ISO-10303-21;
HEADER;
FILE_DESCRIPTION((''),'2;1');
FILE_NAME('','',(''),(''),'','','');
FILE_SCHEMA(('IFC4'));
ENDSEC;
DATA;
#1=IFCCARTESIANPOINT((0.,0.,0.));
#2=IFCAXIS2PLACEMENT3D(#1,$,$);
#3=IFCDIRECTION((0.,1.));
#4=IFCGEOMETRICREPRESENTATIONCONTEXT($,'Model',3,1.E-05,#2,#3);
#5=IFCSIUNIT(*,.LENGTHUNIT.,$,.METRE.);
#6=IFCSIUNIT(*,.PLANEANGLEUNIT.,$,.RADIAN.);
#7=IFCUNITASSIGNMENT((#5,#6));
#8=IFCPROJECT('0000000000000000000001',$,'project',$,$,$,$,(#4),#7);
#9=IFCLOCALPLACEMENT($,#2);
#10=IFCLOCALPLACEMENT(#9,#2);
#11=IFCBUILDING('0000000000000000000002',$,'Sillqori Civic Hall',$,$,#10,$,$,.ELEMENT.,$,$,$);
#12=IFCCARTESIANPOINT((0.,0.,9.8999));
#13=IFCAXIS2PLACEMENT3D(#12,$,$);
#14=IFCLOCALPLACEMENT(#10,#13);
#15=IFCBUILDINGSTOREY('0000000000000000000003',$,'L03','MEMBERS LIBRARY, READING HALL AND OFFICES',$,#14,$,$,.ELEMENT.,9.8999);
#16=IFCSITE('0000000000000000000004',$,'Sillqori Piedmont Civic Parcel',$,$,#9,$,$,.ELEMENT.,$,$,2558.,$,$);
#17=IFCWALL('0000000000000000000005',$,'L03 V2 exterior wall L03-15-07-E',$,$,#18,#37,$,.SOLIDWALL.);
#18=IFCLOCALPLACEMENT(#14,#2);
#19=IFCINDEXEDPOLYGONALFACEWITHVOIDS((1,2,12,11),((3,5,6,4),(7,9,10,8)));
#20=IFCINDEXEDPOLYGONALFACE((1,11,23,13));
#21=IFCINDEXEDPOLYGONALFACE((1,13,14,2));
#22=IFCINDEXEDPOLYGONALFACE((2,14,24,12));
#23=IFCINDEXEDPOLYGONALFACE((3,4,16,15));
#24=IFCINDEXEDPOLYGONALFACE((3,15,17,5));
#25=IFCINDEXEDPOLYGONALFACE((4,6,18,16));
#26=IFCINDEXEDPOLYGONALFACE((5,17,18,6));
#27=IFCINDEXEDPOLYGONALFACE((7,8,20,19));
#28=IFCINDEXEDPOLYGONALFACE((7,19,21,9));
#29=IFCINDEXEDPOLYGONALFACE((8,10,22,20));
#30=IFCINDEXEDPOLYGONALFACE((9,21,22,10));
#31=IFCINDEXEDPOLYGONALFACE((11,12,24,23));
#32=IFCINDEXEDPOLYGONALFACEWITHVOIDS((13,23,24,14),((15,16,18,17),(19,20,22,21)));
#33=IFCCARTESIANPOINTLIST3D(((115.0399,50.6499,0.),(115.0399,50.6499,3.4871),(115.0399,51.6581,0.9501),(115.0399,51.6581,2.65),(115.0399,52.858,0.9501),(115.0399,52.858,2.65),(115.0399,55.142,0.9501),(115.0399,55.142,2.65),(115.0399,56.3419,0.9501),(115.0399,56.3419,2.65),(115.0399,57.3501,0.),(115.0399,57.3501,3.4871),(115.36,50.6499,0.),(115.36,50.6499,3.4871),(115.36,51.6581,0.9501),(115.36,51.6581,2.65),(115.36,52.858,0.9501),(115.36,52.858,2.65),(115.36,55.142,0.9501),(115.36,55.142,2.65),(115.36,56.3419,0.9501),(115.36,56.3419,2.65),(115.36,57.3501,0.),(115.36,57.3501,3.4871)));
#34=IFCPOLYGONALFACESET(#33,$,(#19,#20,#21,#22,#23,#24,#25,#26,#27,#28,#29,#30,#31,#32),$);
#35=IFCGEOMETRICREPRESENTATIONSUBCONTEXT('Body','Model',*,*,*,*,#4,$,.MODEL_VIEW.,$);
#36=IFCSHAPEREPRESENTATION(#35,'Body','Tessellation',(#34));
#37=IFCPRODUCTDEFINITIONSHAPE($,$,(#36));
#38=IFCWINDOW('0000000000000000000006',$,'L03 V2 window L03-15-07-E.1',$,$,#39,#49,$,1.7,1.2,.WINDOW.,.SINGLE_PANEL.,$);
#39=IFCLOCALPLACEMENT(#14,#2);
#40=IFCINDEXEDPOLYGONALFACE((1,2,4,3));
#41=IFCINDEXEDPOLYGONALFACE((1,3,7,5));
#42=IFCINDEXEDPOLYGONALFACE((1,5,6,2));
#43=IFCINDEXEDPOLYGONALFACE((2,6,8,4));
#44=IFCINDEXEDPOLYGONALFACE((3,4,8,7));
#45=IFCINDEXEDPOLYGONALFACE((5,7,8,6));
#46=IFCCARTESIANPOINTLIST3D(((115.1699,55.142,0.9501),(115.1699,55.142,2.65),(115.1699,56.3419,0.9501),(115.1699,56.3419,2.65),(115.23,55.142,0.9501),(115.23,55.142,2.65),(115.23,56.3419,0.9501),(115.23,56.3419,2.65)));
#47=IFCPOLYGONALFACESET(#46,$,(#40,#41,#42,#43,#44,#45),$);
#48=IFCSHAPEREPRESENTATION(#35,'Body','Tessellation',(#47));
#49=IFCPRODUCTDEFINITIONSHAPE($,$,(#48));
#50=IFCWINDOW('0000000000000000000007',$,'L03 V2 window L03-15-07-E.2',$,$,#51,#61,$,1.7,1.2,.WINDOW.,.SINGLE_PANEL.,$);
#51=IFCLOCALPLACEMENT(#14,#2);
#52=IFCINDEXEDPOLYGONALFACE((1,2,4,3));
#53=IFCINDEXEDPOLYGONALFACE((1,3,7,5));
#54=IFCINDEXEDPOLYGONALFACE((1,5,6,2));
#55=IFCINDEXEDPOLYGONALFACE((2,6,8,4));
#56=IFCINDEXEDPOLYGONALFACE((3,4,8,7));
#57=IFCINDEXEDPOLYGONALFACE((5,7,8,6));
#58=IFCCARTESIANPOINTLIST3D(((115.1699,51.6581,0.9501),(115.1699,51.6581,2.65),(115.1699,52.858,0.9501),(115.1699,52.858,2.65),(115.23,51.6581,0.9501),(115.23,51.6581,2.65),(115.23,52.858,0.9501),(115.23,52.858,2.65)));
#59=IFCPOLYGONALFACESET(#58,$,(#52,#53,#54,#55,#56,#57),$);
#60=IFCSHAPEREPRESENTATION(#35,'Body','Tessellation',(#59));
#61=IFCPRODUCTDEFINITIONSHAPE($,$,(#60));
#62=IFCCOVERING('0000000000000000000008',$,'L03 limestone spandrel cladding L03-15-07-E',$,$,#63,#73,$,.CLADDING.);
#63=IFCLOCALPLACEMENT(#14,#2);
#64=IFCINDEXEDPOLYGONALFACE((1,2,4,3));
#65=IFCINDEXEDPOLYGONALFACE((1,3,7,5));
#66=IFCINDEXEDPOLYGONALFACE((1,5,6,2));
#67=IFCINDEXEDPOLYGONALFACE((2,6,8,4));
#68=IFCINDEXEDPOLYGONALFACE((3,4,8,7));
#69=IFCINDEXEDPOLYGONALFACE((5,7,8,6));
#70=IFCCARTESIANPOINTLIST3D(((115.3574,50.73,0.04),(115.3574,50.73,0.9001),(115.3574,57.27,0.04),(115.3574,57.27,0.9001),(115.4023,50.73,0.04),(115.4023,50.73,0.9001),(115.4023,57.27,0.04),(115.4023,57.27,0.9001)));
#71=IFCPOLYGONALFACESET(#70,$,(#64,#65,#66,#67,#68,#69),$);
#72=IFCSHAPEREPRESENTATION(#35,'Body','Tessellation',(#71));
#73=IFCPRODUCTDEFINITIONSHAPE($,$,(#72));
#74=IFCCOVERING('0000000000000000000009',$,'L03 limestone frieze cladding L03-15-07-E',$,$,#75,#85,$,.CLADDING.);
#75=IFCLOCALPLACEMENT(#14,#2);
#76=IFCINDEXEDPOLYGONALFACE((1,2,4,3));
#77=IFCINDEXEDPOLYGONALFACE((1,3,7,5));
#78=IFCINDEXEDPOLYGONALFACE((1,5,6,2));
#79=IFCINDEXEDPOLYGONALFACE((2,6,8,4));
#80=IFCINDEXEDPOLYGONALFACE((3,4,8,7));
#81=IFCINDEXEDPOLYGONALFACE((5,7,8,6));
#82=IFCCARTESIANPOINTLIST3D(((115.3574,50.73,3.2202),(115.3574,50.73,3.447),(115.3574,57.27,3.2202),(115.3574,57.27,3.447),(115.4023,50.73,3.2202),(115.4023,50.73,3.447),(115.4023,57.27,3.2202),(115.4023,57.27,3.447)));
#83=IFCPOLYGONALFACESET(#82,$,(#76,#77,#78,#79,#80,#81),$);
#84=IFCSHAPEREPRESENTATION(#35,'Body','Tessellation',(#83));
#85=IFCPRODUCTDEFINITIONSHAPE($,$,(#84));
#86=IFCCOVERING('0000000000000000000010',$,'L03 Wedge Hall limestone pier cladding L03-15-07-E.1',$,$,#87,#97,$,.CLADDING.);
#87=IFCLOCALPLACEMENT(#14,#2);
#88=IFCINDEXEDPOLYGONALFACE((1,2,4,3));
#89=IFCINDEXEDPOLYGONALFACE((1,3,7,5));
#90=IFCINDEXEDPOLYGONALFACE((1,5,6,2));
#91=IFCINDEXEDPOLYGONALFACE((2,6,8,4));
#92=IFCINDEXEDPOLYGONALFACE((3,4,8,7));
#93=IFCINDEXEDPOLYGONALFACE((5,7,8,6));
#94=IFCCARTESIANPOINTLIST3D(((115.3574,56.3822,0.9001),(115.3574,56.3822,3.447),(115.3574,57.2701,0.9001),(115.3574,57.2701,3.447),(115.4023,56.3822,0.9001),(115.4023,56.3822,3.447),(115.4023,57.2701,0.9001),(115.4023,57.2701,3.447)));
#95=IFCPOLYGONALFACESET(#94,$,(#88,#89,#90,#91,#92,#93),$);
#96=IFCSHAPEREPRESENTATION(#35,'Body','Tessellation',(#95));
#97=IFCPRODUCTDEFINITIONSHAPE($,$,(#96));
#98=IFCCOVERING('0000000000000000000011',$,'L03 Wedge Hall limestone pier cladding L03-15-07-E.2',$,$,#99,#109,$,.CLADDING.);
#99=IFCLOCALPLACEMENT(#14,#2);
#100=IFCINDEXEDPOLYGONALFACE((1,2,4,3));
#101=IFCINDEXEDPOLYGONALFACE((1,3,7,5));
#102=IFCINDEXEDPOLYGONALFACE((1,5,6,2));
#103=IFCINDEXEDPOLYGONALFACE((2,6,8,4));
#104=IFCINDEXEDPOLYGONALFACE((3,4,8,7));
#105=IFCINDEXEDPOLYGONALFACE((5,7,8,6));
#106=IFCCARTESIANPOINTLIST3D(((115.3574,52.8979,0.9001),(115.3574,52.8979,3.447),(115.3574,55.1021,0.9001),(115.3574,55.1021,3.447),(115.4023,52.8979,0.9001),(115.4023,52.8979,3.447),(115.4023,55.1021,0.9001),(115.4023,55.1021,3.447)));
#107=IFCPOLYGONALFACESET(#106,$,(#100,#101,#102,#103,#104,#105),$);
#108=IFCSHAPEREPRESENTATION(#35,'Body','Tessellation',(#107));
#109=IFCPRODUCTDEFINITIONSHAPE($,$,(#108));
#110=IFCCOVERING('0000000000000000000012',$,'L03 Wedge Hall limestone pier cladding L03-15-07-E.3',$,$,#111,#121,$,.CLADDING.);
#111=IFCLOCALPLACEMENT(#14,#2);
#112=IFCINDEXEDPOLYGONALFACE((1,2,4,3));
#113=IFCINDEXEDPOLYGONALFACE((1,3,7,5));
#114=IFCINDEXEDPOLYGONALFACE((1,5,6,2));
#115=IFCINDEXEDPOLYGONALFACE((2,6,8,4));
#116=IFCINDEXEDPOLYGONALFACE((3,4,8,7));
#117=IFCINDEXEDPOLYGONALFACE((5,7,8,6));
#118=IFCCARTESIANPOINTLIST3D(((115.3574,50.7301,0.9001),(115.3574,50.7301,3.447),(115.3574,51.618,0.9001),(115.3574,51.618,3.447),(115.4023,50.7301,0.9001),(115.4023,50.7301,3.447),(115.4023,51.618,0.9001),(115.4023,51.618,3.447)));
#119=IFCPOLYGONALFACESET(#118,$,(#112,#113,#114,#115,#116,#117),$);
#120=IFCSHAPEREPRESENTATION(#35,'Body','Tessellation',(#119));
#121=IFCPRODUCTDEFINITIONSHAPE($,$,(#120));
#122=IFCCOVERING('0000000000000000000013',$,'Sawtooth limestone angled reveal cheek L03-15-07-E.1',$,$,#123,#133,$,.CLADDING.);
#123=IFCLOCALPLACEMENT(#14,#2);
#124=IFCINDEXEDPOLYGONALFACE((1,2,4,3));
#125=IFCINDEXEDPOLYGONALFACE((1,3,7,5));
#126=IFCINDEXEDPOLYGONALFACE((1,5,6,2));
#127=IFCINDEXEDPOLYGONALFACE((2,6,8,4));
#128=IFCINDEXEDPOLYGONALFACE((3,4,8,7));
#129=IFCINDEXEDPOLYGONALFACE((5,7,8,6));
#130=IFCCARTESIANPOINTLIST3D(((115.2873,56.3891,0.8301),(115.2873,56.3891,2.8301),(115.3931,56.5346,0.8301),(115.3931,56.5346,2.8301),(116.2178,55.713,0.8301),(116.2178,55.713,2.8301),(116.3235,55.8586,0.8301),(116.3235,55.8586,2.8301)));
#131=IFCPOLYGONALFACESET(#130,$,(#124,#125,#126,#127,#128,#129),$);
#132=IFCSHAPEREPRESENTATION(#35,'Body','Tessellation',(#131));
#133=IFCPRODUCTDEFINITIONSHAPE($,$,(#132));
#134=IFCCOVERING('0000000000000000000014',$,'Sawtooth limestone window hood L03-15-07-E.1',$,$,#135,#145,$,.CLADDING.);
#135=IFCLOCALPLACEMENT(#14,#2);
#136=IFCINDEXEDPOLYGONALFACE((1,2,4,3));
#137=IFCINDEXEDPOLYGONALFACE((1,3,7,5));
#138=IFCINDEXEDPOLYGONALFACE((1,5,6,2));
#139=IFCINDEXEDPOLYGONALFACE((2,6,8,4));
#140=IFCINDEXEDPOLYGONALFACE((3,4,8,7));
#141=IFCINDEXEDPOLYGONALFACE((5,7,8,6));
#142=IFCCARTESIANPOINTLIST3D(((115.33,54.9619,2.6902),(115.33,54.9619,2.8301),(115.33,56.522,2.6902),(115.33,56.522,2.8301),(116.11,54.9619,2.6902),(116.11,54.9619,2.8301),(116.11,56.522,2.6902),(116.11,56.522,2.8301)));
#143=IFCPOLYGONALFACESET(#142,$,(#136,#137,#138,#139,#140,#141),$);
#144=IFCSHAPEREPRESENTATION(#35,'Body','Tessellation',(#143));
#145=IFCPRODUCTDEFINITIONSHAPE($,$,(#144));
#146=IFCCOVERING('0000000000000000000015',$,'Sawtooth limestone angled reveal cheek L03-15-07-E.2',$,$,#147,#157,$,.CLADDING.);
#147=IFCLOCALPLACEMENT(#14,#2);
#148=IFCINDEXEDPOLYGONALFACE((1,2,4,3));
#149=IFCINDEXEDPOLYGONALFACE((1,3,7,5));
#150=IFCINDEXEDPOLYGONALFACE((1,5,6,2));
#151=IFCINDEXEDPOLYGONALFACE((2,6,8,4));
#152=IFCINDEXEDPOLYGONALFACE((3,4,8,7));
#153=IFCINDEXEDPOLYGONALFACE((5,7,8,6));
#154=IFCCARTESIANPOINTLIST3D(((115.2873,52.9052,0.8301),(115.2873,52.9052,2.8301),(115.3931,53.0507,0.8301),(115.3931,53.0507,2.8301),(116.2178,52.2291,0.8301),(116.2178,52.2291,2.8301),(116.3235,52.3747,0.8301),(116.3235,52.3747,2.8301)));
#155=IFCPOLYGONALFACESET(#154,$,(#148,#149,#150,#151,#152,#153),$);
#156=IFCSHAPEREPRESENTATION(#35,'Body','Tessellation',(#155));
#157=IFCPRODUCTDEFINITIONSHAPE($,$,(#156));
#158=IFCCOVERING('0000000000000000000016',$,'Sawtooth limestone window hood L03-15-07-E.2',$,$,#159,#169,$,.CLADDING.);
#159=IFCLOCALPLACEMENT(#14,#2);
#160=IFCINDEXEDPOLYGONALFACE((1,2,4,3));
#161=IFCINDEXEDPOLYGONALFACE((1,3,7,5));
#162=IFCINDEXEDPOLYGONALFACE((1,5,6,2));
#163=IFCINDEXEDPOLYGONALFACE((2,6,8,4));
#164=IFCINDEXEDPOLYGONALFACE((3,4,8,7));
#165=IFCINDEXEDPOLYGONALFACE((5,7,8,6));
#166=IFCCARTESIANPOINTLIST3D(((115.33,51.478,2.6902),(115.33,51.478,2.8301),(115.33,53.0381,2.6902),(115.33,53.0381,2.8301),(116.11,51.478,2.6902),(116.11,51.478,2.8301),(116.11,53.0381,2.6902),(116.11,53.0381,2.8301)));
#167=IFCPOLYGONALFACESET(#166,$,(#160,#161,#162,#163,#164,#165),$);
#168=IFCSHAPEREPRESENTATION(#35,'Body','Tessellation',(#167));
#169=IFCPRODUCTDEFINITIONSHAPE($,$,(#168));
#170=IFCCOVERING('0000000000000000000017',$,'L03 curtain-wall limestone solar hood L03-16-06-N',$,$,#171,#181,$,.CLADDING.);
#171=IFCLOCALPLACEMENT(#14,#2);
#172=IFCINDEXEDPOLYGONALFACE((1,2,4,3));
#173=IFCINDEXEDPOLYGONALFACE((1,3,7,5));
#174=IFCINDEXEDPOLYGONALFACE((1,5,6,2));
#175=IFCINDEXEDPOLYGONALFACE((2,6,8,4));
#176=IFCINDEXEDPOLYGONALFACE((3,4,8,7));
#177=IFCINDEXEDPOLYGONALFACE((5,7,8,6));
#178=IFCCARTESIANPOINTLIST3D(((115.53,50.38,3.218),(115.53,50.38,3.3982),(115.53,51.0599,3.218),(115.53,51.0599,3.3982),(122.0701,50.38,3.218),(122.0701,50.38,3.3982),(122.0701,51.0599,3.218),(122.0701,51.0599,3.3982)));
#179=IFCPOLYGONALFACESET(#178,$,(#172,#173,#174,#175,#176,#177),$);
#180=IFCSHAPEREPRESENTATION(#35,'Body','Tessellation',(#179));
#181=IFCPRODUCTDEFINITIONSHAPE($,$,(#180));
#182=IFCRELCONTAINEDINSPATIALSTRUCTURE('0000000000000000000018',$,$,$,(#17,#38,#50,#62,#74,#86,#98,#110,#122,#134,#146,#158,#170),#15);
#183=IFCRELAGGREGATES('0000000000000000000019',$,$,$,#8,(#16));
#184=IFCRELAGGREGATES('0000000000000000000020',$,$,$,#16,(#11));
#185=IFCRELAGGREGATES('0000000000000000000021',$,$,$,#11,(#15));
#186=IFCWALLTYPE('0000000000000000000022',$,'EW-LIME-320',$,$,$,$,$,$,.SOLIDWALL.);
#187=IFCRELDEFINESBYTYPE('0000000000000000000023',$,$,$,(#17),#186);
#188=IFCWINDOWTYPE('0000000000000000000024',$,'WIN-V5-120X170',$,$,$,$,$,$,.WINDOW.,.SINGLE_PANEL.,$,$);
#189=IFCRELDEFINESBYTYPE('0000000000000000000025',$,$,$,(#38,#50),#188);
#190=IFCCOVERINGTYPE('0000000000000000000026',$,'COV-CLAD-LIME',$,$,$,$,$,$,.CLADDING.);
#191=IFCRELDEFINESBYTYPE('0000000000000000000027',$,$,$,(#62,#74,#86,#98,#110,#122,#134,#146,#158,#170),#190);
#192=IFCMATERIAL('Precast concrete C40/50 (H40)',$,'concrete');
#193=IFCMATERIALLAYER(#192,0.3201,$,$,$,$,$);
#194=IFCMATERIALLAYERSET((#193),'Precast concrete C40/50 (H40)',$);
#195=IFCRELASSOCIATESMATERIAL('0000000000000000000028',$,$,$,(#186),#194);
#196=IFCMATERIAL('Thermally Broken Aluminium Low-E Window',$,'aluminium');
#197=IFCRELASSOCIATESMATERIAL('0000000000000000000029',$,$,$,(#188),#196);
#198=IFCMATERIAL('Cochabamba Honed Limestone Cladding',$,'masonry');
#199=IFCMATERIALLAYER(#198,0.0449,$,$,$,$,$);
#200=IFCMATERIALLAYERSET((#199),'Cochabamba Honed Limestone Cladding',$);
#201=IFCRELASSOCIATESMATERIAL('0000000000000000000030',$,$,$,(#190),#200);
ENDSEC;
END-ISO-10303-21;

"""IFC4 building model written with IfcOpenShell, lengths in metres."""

from ifc_helpers import new_model, si_unit, direction, frame, frame_2d, origin, place, context, subcontext, project, spatial, rectangle, extrude, material, layer, layer_set, type_object, element, fill, save


model = new_model("IFC4")

# Units and contexts
model_context = context("Model", 3, precision=1e-05, world=origin(), true_north=direction((0.0, 1.0)))
body_context = subcontext(model_context, "Body", "Model", "MODEL_VIEW")
ifc_project = project(units=[si_unit("LENGTHUNIT", "METRE"), si_unit("PLANEANGLEUNIT", "RADIAN")], contexts=[model_context])

# Site, building, storey
site_placement = place(None, origin())
site = spatial("IfcSite", under=ifc_project, at=site_placement, Name="Sillqori Piedmont Civic Parcel", CompositionType="ELEMENT", RefElevation=2558.0)
building_placement = place(site_placement, origin())
building = spatial("IfcBuilding", under=site, at=building_placement, Name="Sillqori Civic Hall", CompositionType="ELEMENT")
storey_placement = place(building_placement, frame((0.0, 0.0, 9.8999)))
storey = spatial("IfcBuildingStorey", under=building, at=storey_placement, Name="L03", Description="MEMBERS LIBRARY, READING HALL AND OFFICES", CompositionType="ELEMENT", Elevation=9.8999)

# Shared definitions
ifc_material_1 = material(Name="Precast concrete C40/50 (H40)", Category="concrete")

# Wall, openings, windows
ifc_layer_1 = layer(ifc_material_1, 0.3201)
ifc_layer_set_1 = layer_set([ifc_layer_1], Name="Precast concrete C40/50 (H40)")
wall_type = type_object("IfcWallType", Name="EW-LIME-320", PredefinedType="SOLIDWALL", material=ifc_layer_set_1)
wall_placement = place(storey_placement, frame((115.2, 57.3501, 0.0), z_axis=(0.0, 0.0, 1.0), x_axis=(0.0, -1.0, 0.0)))
wall = element("IfcWall", 1, at=wall_placement, inside=storey, type_object=wall_type, Name="L03 V2 exterior wall L03-15-07-E", PredefinedType="SOLIDWALL", context=body_context, shape_type="SweptSolid", body=[
    extrude(rectangle(XDim=6.7002, YDim=0.3201, at=frame_2d((3.3501, 0.0))), origin(), (0.0, 0.0, 1.0), 3.4871),
])
opening_1_placement = place(wall_placement, frame((1.0081, 0.0, 0.95)))
opening_1 = element("IfcOpeningElement", 2, at=opening_1_placement, cuts=wall, PredefinedType="OPENING", context=body_context, shape_type="SweptSolid", body=[
    extrude(rectangle(XDim=1.2, YDim=1.7, at=frame_2d((0.6001, 0.8501))), frame((0.0, 0.1699, 0.0), z_axis=(0.0, -1.0, 0.0), x_axis=(1.0, 0.0, 0.0)), (0.0, 0.0, 1.0), 0.3401),
])
opening_2_placement = place(wall_placement, frame((4.4919, 0.0, 0.95)))
opening_2 = element("IfcOpeningElement", 3, at=opening_2_placement, cuts=wall, PredefinedType="OPENING", context=body_context, shape_type="SweptSolid", body=[
    extrude(rectangle(XDim=1.2, YDim=1.7, at=frame_2d((0.6001, 0.8501))), frame((0.0, 0.1699, 0.0), z_axis=(0.0, -1.0, 0.0), x_axis=(1.0, 0.0, 0.0)), (0.0, 0.0, 1.0), 0.3401),
])
ifc_material_2 = material(Name="Thermally Broken Aluminium Low-E Window", Category="aluminium")
window_type = type_object("IfcWindowType", Name="WIN-V5-120X170", PartitioningType="SINGLE_PANEL", PredefinedType="WINDOW", material=ifc_material_2)
window_1_placement = place(opening_1_placement, origin())
window_1 = element("IfcWindow", 4, at=window_1_placement, inside=storey, type_object=window_type, Name="L03 V2 window L03-15-07-E.1", OverallHeight=1.7, OverallWidth=1.2, PartitioningType="SINGLE_PANEL", PredefinedType="WINDOW", context=body_context, shape_type="SweptSolid", body=[
    extrude(rectangle(XDim=1.2, YDim=1.7, at=frame_2d((0.6001, 0.8501))), frame((0.0, 0.03, 0.0), z_axis=(0.0, -1.0, 0.0), x_axis=(1.0, 0.0, 0.0)), (0.0, 0.0, 1.0), 0.0601),
])
fill(opening_1, window_1)
window_2_placement = place(opening_2_placement, origin())
window_2 = element("IfcWindow", 5, at=window_2_placement, inside=storey, type_object=window_type, Name="L03 V2 window L03-15-07-E.2", OverallHeight=1.7, OverallWidth=1.2, PartitioningType="SINGLE_PANEL", PredefinedType="WINDOW", context=body_context, shape_type="SweptSolid", body=[
    extrude(rectangle(XDim=1.2, YDim=1.7, at=frame_2d((0.6001, 0.8501))), frame((0.0, 0.03, 0.0), z_axis=(0.0, -1.0, 0.0), x_axis=(1.0, 0.0, 0.0)), (0.0, 0.0, 1.0), 0.0601),
])
fill(opening_2, window_2)

# Coverings
ifc_material_3 = material(Name="Cochabamba Honed Limestone Cladding", Category="masonry")
ifc_layer_2 = layer(ifc_material_3, 0.0449)
ifc_layer_set_2 = layer_set([ifc_layer_2], Name="Cochabamba Honed Limestone Cladding")
covering_type = type_object("IfcCoveringType", Name="COV-CLAD-LIME", PredefinedType="CLADDING", material=ifc_layer_set_2)
covering_1_placement = place(storey_placement, frame((115.3799, 57.27, 0.04), z_axis=(0.0, 0.0, 1.0), x_axis=(0.0, -1.0, 0.0)))
element("IfcCovering", 6, at=covering_1_placement, inside=storey, type_object=covering_type, Name="L03 limestone spandrel cladding L03-15-07-E", PredefinedType="CLADDING", context=body_context, shape_type="SweptSolid", body=[
    extrude(rectangle(XDim=6.54, YDim=0.0449, at=frame_2d((3.27, 0.0))), origin(), (0.0, 0.0, 1.0), 0.8601),
])
covering_2_placement = place(storey_placement, frame((115.3799, 57.27, 3.2202), z_axis=(0.0, 0.0, 1.0), x_axis=(0.0, -1.0, 0.0)))
element("IfcCovering", 7, at=covering_2_placement, inside=storey, type_object=covering_type, Name="L03 limestone frieze cladding L03-15-07-E", PredefinedType="CLADDING", context=body_context, shape_type="SweptSolid", body=[
    extrude(rectangle(XDim=6.54, YDim=0.0449, at=frame_2d((3.27, 0.0))), origin(), (0.0, 0.0, 1.0), 0.2268),
])
covering_3_placement = place(storey_placement, frame((115.3799, 57.27, 0.9001), z_axis=(0.0, 0.0, 1.0), x_axis=(0.0, -1.0, 0.0)))
element("IfcCovering", 8, at=covering_3_placement, inside=storey, type_object=covering_type, Name="L03 Wedge Hall limestone pier cladding L03-15-07-E.1", PredefinedType="CLADDING", context=body_context, shape_type="SweptSolid", body=[
    extrude(rectangle(XDim=0.8879, YDim=0.0449, at=frame_2d((0.4438, 0.0))), origin(), (0.0, 0.0, 1.0), 2.5469),
])
covering_4_placement = place(storey_placement, frame((115.3799, 55.1021, 0.9001), z_axis=(0.0, 0.0, 1.0), x_axis=(0.0, -1.0, 0.0)))
element("IfcCovering", 9, at=covering_4_placement, inside=storey, type_object=covering_type, Name="L03 Wedge Hall limestone pier cladding L03-15-07-E.2", PredefinedType="CLADDING", context=body_context, shape_type="SweptSolid", body=[
    extrude(rectangle(XDim=2.2041, YDim=0.0449, at=frame_2d((1.1021, 0.0))), origin(), (0.0, 0.0, 1.0), 2.5469),
])
covering_5_placement = place(storey_placement, frame((115.3799, 51.6179, 0.9001), z_axis=(0.0, 0.0, 1.0), x_axis=(0.0, -1.0, 0.0)))
element("IfcCovering", 10, at=covering_5_placement, inside=storey, type_object=covering_type, Name="L03 Wedge Hall limestone pier cladding L03-15-07-E.3", PredefinedType="CLADDING", context=body_context, shape_type="SweptSolid", body=[
    extrude(rectangle(XDim=0.8879, YDim=0.0449, at=frame_2d((0.4438, 0.0))), origin(), (0.0, 0.0, 1.0), 2.5469),
])
covering_6_placement = place(storey_placement, frame((115.3401, 56.4619, 0.8301), z_axis=(0.0, 0.0, 1.0), x_axis=(0.809002, -0.587806, 0.0)))
element("IfcCovering", 11, at=covering_6_placement, inside=storey, type_object=covering_type, Name="Sawtooth limestone angled reveal cheek L03-15-07-E.1", PredefinedType="CLADDING", context=body_context, shape_type="SweptSolid", body=[
    extrude(rectangle(XDim=1.1501, YDim=0.1799, at=frame_2d((0.5752, 0.0))), origin(), (0.0, 0.0, 1.0), 2.0),
])
covering_7_placement = place(storey_placement, frame((115.72, 56.522, 2.6902), z_axis=(0.0, 0.0, 1.0), x_axis=(0.0, -1.0, 0.0)))
element("IfcCovering", 12, at=covering_7_placement, inside=storey, type_object=covering_type, Name="Sawtooth limestone window hood L03-15-07-E.1", PredefinedType="CLADDING", context=body_context, shape_type="SweptSolid", body=[
    extrude(rectangle(XDim=1.5601, YDim=0.78, at=frame_2d((0.78, 0.0))), origin(), (0.0, 0.0, 1.0), 0.1399),
])
covering_8_placement = place(storey_placement, frame((115.3401, 52.978, 0.8301), z_axis=(0.0, 0.0, 1.0), x_axis=(0.809002, -0.587806, 0.0)))
element("IfcCovering", 13, at=covering_8_placement, inside=storey, type_object=covering_type, Name="Sawtooth limestone angled reveal cheek L03-15-07-E.2", PredefinedType="CLADDING", context=body_context, shape_type="SweptSolid", body=[
    extrude(rectangle(XDim=1.1501, YDim=0.1799, at=frame_2d((0.5752, 0.0))), origin(), (0.0, 0.0, 1.0), 2.0),
])
covering_9_placement = place(storey_placement, frame((115.72, 53.0381, 2.6902), z_axis=(0.0, 0.0, 1.0), x_axis=(0.0, -1.0, 0.0)))
element("IfcCovering", 14, at=covering_9_placement, inside=storey, type_object=covering_type, Name="Sawtooth limestone window hood L03-15-07-E.2", PredefinedType="CLADDING", context=body_context, shape_type="SweptSolid", body=[
    extrude(rectangle(XDim=1.5601, YDim=0.78, at=frame_2d((0.78, 0.0))), origin(), (0.0, 0.0, 1.0), 0.1399),
])
covering_10_placement = place(storey_placement, frame((115.53, 50.72, 3.218), z_axis=(0.0, 0.0, 1.0), x_axis=(1.0, 0.0, 0.0)))
element("IfcCovering", 15, at=covering_10_placement, inside=storey, type_object=covering_type, Name="L03 curtain-wall limestone solar hood L03-16-06-N", PredefinedType="CLADDING", context=body_context, shape_type="SweptSolid", body=[
    extrude(rectangle(XDim=6.54, YDim=0.6799, at=frame_2d((3.27, 0.0))), origin(), (0.0, 0.0, 1.0), 0.1802),
])

save(model, "model.ifc")
